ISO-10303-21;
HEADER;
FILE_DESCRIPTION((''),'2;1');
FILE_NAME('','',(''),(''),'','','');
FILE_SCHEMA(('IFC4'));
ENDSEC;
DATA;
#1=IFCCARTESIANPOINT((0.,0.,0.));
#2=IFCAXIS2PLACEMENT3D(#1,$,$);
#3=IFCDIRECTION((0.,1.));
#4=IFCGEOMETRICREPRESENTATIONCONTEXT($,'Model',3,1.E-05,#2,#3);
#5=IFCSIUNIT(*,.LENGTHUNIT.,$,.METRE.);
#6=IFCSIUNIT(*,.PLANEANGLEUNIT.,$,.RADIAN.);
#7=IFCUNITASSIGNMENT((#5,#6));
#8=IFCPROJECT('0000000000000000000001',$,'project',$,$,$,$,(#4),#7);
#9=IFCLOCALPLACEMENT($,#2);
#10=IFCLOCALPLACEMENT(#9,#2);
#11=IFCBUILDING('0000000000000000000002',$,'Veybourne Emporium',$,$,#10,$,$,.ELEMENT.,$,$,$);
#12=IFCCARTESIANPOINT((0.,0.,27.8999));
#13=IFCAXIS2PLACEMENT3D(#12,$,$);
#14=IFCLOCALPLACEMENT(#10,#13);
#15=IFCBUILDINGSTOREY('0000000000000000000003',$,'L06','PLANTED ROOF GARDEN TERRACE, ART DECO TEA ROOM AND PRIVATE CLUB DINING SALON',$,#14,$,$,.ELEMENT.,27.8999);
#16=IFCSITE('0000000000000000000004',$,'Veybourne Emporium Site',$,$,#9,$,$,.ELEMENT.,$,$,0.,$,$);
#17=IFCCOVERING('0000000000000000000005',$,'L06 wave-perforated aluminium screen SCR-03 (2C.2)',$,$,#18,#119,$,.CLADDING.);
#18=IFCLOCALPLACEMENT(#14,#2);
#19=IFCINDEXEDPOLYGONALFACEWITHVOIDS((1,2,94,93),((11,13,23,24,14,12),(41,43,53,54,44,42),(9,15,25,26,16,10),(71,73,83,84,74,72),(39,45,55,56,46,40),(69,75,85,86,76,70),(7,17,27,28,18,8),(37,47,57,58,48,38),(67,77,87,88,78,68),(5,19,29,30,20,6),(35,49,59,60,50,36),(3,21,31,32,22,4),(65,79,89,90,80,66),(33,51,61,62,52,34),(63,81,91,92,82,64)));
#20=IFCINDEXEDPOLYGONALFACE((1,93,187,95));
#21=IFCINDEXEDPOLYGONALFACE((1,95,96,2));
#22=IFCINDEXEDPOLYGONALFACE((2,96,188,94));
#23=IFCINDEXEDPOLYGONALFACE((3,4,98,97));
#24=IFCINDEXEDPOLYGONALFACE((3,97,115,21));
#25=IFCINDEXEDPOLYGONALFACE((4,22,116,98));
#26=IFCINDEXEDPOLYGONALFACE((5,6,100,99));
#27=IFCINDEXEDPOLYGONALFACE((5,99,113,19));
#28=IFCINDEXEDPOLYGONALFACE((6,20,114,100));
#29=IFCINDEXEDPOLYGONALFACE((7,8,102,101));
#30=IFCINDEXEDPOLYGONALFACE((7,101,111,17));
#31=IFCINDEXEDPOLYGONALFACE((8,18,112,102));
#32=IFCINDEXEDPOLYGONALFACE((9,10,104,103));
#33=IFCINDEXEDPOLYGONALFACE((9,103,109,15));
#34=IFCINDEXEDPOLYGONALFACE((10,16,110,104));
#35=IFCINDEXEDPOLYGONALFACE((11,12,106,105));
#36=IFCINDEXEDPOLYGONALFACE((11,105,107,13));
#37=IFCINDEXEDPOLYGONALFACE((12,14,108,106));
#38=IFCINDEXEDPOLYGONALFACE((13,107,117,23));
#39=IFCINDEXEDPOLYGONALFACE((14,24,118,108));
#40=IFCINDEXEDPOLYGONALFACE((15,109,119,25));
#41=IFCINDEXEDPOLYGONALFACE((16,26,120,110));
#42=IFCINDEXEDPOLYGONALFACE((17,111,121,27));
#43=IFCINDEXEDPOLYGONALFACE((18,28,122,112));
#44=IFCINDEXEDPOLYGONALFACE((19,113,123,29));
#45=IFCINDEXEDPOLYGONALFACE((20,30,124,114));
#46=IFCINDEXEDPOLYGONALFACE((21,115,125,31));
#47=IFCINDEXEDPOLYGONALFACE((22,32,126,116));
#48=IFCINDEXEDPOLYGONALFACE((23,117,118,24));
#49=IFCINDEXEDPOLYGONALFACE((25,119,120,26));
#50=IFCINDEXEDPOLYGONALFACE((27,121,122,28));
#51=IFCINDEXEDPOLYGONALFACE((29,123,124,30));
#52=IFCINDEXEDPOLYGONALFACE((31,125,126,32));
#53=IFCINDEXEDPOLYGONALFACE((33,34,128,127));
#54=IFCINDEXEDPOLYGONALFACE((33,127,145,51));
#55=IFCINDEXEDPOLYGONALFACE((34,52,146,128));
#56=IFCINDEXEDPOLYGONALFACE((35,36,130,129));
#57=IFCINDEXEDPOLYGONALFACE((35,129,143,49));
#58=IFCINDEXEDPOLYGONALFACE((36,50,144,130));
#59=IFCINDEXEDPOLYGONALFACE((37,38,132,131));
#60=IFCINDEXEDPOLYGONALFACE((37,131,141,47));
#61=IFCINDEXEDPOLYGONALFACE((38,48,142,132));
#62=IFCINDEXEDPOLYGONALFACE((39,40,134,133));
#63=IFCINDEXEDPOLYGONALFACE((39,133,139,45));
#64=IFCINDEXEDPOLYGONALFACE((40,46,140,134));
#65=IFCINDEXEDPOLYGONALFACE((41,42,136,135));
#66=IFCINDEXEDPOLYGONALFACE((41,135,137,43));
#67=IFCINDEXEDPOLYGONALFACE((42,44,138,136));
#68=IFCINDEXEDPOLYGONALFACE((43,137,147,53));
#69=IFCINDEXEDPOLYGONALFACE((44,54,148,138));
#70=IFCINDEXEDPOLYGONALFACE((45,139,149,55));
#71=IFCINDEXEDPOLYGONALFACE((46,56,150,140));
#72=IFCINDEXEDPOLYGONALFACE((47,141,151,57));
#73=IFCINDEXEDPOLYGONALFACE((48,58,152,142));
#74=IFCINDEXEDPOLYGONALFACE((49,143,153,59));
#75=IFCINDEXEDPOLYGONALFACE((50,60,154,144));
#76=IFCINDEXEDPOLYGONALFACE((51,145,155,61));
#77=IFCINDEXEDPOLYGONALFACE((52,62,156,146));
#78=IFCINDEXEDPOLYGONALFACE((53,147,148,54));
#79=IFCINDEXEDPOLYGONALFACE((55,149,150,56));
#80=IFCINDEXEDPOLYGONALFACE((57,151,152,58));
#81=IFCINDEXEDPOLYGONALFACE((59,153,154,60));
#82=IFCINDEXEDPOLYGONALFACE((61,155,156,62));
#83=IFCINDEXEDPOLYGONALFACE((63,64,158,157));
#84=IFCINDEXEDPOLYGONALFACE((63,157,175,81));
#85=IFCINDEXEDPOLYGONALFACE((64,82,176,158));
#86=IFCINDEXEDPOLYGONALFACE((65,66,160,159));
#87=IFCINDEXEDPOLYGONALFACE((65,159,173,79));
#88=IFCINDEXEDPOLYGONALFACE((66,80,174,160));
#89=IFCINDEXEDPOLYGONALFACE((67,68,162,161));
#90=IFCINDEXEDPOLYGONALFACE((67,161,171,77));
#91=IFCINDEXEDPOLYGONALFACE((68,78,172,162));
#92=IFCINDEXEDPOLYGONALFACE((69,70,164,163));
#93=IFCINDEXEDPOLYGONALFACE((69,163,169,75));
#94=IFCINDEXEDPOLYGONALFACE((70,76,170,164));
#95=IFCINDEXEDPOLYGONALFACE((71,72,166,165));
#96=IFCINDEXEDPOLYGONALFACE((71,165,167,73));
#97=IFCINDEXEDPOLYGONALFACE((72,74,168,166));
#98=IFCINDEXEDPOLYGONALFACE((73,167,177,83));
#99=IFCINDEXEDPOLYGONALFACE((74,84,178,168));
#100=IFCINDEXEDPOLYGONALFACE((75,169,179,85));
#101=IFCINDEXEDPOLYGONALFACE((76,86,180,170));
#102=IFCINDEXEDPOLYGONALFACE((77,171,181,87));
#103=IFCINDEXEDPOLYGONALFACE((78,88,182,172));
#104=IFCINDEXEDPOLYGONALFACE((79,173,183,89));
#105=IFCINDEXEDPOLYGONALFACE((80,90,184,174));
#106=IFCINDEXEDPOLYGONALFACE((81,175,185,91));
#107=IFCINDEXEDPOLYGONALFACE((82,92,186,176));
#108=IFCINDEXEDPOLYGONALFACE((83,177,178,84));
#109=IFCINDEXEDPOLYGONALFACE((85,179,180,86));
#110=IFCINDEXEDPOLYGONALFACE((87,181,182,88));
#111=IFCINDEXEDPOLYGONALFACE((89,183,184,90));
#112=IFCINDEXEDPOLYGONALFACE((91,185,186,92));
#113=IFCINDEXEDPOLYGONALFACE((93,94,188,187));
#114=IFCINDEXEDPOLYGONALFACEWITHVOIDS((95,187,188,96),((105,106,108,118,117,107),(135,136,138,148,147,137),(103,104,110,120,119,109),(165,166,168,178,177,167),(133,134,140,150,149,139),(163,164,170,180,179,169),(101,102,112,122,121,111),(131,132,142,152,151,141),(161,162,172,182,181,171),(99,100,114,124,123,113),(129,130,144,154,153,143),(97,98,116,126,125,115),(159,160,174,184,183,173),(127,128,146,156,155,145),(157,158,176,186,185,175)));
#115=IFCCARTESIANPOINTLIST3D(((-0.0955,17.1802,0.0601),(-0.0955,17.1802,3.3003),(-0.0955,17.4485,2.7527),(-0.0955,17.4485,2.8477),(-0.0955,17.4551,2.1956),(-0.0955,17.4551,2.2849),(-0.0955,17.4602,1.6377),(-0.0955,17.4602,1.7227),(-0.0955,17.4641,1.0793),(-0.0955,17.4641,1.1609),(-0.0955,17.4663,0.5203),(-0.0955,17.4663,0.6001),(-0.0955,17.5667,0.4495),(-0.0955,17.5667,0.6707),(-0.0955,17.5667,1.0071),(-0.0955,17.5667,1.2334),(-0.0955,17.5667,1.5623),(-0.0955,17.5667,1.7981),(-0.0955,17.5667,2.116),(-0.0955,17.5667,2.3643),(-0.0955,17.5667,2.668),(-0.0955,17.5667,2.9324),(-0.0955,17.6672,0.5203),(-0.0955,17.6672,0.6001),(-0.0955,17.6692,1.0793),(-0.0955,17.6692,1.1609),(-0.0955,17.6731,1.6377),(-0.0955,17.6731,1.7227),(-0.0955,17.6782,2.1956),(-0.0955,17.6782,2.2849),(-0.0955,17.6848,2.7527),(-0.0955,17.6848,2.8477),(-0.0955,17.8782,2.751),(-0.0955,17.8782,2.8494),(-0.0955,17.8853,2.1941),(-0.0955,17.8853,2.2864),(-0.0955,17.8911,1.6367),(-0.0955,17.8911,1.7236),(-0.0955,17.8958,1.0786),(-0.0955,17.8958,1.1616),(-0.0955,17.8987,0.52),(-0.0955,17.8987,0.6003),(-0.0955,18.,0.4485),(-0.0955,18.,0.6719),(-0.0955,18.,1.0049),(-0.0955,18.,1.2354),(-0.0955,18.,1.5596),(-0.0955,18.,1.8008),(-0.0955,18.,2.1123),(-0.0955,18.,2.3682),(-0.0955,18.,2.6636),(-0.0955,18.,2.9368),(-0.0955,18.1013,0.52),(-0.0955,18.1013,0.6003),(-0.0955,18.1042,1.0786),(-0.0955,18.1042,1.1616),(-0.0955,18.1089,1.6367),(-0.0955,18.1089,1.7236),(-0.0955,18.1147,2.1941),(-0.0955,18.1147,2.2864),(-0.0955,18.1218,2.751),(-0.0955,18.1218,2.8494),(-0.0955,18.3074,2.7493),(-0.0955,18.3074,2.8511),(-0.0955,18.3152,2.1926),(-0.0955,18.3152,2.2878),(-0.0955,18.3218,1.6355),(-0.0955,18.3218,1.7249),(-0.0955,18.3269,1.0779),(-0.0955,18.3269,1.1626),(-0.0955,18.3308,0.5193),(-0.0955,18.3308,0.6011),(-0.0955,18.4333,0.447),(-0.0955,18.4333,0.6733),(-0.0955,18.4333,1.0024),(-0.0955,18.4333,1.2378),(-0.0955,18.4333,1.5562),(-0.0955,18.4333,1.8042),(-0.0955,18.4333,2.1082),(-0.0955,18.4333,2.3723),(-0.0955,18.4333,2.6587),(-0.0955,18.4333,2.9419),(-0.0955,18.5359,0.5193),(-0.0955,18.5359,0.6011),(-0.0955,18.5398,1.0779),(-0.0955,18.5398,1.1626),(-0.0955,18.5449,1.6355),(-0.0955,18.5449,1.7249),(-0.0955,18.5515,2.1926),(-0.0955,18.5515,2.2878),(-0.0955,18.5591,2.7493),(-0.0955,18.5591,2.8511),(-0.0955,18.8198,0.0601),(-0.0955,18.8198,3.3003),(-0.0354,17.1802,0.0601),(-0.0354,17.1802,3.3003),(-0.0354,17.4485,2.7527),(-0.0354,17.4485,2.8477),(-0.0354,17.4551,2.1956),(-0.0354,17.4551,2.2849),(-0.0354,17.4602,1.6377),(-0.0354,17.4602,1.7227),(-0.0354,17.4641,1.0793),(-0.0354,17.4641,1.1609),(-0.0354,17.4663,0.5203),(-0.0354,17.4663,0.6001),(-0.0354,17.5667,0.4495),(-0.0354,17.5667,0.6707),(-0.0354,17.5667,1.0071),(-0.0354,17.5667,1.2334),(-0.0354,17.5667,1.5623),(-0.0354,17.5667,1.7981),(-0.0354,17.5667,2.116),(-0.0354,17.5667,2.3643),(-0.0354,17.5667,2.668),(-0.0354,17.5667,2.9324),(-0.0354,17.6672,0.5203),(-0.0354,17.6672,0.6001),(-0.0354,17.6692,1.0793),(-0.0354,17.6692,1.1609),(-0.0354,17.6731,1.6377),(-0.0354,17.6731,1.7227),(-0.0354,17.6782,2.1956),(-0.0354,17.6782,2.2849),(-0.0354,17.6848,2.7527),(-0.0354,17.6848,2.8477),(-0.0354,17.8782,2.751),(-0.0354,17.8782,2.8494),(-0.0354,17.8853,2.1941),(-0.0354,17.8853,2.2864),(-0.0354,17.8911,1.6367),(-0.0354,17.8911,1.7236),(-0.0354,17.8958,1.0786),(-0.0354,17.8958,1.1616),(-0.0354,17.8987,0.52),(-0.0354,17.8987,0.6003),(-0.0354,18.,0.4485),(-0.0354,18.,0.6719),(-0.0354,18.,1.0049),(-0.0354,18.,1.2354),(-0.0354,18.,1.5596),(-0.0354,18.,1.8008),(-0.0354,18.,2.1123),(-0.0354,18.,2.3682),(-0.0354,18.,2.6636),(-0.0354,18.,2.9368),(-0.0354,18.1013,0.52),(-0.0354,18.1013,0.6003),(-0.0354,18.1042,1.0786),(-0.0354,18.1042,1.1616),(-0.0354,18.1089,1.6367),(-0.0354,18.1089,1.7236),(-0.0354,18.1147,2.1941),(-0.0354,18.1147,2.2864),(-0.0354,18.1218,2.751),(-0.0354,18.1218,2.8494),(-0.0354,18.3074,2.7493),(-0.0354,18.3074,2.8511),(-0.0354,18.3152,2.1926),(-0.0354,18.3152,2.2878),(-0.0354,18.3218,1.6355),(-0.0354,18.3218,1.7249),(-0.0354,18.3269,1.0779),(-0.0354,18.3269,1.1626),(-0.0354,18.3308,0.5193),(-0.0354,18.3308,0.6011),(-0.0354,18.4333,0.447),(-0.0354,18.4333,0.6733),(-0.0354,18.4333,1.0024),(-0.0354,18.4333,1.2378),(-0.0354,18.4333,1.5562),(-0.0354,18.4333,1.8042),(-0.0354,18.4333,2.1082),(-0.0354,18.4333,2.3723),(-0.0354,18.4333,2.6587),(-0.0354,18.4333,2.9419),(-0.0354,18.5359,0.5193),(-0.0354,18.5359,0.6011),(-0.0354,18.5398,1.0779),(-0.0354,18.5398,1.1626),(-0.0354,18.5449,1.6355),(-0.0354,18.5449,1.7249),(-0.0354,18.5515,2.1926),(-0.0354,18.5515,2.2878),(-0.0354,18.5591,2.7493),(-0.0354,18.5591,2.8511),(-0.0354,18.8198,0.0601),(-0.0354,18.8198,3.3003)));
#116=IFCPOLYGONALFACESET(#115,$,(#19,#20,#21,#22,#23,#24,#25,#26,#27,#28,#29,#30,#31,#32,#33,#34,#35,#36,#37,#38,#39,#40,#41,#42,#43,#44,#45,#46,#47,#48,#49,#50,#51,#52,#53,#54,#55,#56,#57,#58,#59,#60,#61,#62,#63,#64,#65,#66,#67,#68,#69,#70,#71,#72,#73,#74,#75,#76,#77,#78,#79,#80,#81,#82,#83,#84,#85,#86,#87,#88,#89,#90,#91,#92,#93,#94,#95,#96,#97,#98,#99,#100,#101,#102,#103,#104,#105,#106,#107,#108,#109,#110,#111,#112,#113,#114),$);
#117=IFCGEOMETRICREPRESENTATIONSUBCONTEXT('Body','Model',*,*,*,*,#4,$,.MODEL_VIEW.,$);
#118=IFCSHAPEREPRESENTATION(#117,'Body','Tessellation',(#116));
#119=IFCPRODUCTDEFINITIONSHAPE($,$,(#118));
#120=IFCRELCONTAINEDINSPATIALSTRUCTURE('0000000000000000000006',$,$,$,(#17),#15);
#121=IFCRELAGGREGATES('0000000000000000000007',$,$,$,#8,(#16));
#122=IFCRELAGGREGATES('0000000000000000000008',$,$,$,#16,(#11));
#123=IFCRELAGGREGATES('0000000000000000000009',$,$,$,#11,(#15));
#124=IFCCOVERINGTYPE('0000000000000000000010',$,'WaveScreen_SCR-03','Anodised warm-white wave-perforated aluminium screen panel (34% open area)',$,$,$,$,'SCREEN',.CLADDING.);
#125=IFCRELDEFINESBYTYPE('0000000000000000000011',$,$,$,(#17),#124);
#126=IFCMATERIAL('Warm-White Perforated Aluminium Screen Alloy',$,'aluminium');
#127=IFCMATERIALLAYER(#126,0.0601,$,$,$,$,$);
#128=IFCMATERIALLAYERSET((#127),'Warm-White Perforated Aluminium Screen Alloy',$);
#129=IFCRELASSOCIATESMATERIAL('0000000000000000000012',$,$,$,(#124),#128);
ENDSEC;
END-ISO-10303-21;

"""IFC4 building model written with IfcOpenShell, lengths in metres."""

from ifc_helpers import new_model, si_unit, direction, frame, origin, place, context, subcontext, project, spatial, polyline, outline, extrude, material, layer, layer_set, type_object, element, save


model = new_model("IFC4")

# Units and contexts
model_context = context("Model", 3, precision=1e-05, world=origin(), true_north=direction((0.0, 1.0)))
body_context = subcontext(model_context, "Body", "Model", "MODEL_VIEW")
ifc_project = project(units=[si_unit("LENGTHUNIT", "METRE"), si_unit("PLANEANGLEUNIT", "RADIAN")], contexts=[model_context])

# Site, building, storey
site_placement = place(None, origin())
site = spatial("IfcSite", under=ifc_project, at=site_placement, Name="Veybourne Emporium Site", CompositionType="ELEMENT", RefElevation=0.0)
building_placement = place(site_placement, origin())
building = spatial("IfcBuilding", under=site, at=building_placement, Name="Veybourne Emporium", CompositionType="ELEMENT")
storey_placement = place(building_placement, frame((0.0, 0.0, 27.8999)))
storey = spatial("IfcBuildingStorey", under=building, at=storey_placement, Name="L06", Description="PLANTED ROOF GARDEN TERRACE, ART DECO TEA ROOM AND PRIVATE CLUB DINING SALON", CompositionType="ELEMENT", Elevation=27.8999)

# Covering
ifc_material_1 = material(Name="Warm-White Perforated Aluminium Screen Alloy", Category="aluminium")
ifc_layer_1 = layer(ifc_material_1, 0.0601)
ifc_layer_set_1 = layer_set([ifc_layer_1], Name="Warm-White Perforated Aluminium Screen Alloy")
covering_type_1 = type_object("IfcCoveringType", Name="WaveScreen_SCR-03", Description="Anodised warm-white wave-perforated aluminium screen panel (34% open area)", ElementType="SCREEN", PredefinedType="CLADDING", material=ifc_layer_set_1)
covering_1_placement = place(storey_placement, frame((-0.0955, 18.0, 1.6802), z_axis=(1.0, 0.0, 0.0), x_axis=(0.0, 1.0, 0.0)))
element("IfcCovering", 1, at=covering_1_placement, inside=storey, type_object=covering_type_1, Name="L06 wave-perforated aluminium screen SCR-03 (2C.2)", PredefinedType="CLADDING", context=body_context, shape_type="SweptSolid", body=[
    extrude(outline(polyline([(-0.8198, -1.6201), (0.8198, -1.6201), (0.8198, 1.6201), (-0.8198, 1.6201), (-0.8198, -1.6201)]), holes=[polyline([(-0.4333, -1.0095), (-0.3328, -1.0801), (-0.3328, -1.1599), (-0.4333, -1.2307), (-0.5337, -1.1599), (-0.5337, -1.0801), (-0.4333, -1.0095)]), polyline([(-0.4333, -0.4468), (-0.3308, -0.5193), (-0.3308, -0.6008), (-0.4333, -0.6731), (-0.5359, -0.6008), (-0.5359, -0.5193), (-0.4333, -0.4468)]), polyline([(-0.4333, 0.1179), (-0.3269, 0.0425), (-0.3269, -0.0425), (-0.4333, -0.1179), (-0.5398, -0.0425), (-0.5398, 0.0425), (-0.4333, 0.1179)]), polyline([(-0.4333, 0.6841), (-0.3218, 0.6047), (-0.3218, 0.5154), (-0.4333, 0.4358), (-0.5449, 0.5154), (-0.5449, 0.6047), (-0.4333, 0.6841)]), polyline([(-0.4333, 1.2522), (-0.3152, 1.1675), (-0.3152, 1.0725), (-0.4333, 0.9878), (-0.5515, 1.0725), (-0.5515, 1.1675), (-0.4333, 1.2522)]), polyline([(0.0, -1.0083), (0.1013, -1.0798), (0.1013, -1.1602), (0.0, -1.2317), (-0.1013, -1.1602), (-0.1013, -1.0798), (0.0, -1.0083)]), polyline([(0.0, -0.4448), (0.1042, -0.5186), (0.1042, -0.6016), (0.0, -0.6753), (-0.1042, -0.6016), (-0.1042, -0.5186), (0.0, -0.4448)]), polyline([(0.0, 0.1206), (0.1089, 0.0435), (0.1089, -0.0435), (0.0, -0.1206), (-0.1089, -0.0435), (-0.1089, 0.0435), (0.0, 0.1206)]), polyline([(0.0, 0.688), (0.1147, 0.6062), (0.1147, 0.5139), (0.0, 0.4321), (-0.1147, 0.5139), (-0.1147, 0.6062), (0.0, 0.688)]), polyline([(0.0, 1.2566), (0.1218, 1.1692), (0.1218, 1.0708), (0.0, 0.9834), (-0.1218, 1.0708), (-0.1218, 1.1692), (0.0, 1.2566)]), polyline([(0.4333, -1.0068), (0.5359, -1.0791), (0.5359, -1.1609), (0.4333, -1.2332), (0.3308, -1.1609), (0.3308, -1.0791), (0.4333, -1.0068)]), polyline([(0.4333, -0.4424), (0.5398, -0.5176), (0.5398, -0.6023), (0.4333, -0.6777), (0.3269, -0.6023), (0.3269, -0.5176), (0.4333, -0.4424)]), polyline([(0.4333, 0.124), (0.5449, 0.0447), (0.5449, -0.0447), (0.4333, -0.124), (0.3218, -0.0447), (0.3218, 0.0447), (0.4333, 0.124)]), polyline([(0.4333, 0.6921), (0.5515, 0.6077), (0.5515, 0.5125), (0.4333, 0.428), (0.3152, 0.5125), (0.3152, 0.6077), (0.4333, 0.6921)]), polyline([(0.4333, 1.2617), (0.5591, 1.1709), (0.5591, 1.0691), (0.4333, 0.9785), (0.3074, 1.0691), (0.3074, 1.1709), (0.4333, 1.2617)])]), origin(), (0.0, 0.0, 1.0), 0.0601),
])

save(model, "model.ifc")
